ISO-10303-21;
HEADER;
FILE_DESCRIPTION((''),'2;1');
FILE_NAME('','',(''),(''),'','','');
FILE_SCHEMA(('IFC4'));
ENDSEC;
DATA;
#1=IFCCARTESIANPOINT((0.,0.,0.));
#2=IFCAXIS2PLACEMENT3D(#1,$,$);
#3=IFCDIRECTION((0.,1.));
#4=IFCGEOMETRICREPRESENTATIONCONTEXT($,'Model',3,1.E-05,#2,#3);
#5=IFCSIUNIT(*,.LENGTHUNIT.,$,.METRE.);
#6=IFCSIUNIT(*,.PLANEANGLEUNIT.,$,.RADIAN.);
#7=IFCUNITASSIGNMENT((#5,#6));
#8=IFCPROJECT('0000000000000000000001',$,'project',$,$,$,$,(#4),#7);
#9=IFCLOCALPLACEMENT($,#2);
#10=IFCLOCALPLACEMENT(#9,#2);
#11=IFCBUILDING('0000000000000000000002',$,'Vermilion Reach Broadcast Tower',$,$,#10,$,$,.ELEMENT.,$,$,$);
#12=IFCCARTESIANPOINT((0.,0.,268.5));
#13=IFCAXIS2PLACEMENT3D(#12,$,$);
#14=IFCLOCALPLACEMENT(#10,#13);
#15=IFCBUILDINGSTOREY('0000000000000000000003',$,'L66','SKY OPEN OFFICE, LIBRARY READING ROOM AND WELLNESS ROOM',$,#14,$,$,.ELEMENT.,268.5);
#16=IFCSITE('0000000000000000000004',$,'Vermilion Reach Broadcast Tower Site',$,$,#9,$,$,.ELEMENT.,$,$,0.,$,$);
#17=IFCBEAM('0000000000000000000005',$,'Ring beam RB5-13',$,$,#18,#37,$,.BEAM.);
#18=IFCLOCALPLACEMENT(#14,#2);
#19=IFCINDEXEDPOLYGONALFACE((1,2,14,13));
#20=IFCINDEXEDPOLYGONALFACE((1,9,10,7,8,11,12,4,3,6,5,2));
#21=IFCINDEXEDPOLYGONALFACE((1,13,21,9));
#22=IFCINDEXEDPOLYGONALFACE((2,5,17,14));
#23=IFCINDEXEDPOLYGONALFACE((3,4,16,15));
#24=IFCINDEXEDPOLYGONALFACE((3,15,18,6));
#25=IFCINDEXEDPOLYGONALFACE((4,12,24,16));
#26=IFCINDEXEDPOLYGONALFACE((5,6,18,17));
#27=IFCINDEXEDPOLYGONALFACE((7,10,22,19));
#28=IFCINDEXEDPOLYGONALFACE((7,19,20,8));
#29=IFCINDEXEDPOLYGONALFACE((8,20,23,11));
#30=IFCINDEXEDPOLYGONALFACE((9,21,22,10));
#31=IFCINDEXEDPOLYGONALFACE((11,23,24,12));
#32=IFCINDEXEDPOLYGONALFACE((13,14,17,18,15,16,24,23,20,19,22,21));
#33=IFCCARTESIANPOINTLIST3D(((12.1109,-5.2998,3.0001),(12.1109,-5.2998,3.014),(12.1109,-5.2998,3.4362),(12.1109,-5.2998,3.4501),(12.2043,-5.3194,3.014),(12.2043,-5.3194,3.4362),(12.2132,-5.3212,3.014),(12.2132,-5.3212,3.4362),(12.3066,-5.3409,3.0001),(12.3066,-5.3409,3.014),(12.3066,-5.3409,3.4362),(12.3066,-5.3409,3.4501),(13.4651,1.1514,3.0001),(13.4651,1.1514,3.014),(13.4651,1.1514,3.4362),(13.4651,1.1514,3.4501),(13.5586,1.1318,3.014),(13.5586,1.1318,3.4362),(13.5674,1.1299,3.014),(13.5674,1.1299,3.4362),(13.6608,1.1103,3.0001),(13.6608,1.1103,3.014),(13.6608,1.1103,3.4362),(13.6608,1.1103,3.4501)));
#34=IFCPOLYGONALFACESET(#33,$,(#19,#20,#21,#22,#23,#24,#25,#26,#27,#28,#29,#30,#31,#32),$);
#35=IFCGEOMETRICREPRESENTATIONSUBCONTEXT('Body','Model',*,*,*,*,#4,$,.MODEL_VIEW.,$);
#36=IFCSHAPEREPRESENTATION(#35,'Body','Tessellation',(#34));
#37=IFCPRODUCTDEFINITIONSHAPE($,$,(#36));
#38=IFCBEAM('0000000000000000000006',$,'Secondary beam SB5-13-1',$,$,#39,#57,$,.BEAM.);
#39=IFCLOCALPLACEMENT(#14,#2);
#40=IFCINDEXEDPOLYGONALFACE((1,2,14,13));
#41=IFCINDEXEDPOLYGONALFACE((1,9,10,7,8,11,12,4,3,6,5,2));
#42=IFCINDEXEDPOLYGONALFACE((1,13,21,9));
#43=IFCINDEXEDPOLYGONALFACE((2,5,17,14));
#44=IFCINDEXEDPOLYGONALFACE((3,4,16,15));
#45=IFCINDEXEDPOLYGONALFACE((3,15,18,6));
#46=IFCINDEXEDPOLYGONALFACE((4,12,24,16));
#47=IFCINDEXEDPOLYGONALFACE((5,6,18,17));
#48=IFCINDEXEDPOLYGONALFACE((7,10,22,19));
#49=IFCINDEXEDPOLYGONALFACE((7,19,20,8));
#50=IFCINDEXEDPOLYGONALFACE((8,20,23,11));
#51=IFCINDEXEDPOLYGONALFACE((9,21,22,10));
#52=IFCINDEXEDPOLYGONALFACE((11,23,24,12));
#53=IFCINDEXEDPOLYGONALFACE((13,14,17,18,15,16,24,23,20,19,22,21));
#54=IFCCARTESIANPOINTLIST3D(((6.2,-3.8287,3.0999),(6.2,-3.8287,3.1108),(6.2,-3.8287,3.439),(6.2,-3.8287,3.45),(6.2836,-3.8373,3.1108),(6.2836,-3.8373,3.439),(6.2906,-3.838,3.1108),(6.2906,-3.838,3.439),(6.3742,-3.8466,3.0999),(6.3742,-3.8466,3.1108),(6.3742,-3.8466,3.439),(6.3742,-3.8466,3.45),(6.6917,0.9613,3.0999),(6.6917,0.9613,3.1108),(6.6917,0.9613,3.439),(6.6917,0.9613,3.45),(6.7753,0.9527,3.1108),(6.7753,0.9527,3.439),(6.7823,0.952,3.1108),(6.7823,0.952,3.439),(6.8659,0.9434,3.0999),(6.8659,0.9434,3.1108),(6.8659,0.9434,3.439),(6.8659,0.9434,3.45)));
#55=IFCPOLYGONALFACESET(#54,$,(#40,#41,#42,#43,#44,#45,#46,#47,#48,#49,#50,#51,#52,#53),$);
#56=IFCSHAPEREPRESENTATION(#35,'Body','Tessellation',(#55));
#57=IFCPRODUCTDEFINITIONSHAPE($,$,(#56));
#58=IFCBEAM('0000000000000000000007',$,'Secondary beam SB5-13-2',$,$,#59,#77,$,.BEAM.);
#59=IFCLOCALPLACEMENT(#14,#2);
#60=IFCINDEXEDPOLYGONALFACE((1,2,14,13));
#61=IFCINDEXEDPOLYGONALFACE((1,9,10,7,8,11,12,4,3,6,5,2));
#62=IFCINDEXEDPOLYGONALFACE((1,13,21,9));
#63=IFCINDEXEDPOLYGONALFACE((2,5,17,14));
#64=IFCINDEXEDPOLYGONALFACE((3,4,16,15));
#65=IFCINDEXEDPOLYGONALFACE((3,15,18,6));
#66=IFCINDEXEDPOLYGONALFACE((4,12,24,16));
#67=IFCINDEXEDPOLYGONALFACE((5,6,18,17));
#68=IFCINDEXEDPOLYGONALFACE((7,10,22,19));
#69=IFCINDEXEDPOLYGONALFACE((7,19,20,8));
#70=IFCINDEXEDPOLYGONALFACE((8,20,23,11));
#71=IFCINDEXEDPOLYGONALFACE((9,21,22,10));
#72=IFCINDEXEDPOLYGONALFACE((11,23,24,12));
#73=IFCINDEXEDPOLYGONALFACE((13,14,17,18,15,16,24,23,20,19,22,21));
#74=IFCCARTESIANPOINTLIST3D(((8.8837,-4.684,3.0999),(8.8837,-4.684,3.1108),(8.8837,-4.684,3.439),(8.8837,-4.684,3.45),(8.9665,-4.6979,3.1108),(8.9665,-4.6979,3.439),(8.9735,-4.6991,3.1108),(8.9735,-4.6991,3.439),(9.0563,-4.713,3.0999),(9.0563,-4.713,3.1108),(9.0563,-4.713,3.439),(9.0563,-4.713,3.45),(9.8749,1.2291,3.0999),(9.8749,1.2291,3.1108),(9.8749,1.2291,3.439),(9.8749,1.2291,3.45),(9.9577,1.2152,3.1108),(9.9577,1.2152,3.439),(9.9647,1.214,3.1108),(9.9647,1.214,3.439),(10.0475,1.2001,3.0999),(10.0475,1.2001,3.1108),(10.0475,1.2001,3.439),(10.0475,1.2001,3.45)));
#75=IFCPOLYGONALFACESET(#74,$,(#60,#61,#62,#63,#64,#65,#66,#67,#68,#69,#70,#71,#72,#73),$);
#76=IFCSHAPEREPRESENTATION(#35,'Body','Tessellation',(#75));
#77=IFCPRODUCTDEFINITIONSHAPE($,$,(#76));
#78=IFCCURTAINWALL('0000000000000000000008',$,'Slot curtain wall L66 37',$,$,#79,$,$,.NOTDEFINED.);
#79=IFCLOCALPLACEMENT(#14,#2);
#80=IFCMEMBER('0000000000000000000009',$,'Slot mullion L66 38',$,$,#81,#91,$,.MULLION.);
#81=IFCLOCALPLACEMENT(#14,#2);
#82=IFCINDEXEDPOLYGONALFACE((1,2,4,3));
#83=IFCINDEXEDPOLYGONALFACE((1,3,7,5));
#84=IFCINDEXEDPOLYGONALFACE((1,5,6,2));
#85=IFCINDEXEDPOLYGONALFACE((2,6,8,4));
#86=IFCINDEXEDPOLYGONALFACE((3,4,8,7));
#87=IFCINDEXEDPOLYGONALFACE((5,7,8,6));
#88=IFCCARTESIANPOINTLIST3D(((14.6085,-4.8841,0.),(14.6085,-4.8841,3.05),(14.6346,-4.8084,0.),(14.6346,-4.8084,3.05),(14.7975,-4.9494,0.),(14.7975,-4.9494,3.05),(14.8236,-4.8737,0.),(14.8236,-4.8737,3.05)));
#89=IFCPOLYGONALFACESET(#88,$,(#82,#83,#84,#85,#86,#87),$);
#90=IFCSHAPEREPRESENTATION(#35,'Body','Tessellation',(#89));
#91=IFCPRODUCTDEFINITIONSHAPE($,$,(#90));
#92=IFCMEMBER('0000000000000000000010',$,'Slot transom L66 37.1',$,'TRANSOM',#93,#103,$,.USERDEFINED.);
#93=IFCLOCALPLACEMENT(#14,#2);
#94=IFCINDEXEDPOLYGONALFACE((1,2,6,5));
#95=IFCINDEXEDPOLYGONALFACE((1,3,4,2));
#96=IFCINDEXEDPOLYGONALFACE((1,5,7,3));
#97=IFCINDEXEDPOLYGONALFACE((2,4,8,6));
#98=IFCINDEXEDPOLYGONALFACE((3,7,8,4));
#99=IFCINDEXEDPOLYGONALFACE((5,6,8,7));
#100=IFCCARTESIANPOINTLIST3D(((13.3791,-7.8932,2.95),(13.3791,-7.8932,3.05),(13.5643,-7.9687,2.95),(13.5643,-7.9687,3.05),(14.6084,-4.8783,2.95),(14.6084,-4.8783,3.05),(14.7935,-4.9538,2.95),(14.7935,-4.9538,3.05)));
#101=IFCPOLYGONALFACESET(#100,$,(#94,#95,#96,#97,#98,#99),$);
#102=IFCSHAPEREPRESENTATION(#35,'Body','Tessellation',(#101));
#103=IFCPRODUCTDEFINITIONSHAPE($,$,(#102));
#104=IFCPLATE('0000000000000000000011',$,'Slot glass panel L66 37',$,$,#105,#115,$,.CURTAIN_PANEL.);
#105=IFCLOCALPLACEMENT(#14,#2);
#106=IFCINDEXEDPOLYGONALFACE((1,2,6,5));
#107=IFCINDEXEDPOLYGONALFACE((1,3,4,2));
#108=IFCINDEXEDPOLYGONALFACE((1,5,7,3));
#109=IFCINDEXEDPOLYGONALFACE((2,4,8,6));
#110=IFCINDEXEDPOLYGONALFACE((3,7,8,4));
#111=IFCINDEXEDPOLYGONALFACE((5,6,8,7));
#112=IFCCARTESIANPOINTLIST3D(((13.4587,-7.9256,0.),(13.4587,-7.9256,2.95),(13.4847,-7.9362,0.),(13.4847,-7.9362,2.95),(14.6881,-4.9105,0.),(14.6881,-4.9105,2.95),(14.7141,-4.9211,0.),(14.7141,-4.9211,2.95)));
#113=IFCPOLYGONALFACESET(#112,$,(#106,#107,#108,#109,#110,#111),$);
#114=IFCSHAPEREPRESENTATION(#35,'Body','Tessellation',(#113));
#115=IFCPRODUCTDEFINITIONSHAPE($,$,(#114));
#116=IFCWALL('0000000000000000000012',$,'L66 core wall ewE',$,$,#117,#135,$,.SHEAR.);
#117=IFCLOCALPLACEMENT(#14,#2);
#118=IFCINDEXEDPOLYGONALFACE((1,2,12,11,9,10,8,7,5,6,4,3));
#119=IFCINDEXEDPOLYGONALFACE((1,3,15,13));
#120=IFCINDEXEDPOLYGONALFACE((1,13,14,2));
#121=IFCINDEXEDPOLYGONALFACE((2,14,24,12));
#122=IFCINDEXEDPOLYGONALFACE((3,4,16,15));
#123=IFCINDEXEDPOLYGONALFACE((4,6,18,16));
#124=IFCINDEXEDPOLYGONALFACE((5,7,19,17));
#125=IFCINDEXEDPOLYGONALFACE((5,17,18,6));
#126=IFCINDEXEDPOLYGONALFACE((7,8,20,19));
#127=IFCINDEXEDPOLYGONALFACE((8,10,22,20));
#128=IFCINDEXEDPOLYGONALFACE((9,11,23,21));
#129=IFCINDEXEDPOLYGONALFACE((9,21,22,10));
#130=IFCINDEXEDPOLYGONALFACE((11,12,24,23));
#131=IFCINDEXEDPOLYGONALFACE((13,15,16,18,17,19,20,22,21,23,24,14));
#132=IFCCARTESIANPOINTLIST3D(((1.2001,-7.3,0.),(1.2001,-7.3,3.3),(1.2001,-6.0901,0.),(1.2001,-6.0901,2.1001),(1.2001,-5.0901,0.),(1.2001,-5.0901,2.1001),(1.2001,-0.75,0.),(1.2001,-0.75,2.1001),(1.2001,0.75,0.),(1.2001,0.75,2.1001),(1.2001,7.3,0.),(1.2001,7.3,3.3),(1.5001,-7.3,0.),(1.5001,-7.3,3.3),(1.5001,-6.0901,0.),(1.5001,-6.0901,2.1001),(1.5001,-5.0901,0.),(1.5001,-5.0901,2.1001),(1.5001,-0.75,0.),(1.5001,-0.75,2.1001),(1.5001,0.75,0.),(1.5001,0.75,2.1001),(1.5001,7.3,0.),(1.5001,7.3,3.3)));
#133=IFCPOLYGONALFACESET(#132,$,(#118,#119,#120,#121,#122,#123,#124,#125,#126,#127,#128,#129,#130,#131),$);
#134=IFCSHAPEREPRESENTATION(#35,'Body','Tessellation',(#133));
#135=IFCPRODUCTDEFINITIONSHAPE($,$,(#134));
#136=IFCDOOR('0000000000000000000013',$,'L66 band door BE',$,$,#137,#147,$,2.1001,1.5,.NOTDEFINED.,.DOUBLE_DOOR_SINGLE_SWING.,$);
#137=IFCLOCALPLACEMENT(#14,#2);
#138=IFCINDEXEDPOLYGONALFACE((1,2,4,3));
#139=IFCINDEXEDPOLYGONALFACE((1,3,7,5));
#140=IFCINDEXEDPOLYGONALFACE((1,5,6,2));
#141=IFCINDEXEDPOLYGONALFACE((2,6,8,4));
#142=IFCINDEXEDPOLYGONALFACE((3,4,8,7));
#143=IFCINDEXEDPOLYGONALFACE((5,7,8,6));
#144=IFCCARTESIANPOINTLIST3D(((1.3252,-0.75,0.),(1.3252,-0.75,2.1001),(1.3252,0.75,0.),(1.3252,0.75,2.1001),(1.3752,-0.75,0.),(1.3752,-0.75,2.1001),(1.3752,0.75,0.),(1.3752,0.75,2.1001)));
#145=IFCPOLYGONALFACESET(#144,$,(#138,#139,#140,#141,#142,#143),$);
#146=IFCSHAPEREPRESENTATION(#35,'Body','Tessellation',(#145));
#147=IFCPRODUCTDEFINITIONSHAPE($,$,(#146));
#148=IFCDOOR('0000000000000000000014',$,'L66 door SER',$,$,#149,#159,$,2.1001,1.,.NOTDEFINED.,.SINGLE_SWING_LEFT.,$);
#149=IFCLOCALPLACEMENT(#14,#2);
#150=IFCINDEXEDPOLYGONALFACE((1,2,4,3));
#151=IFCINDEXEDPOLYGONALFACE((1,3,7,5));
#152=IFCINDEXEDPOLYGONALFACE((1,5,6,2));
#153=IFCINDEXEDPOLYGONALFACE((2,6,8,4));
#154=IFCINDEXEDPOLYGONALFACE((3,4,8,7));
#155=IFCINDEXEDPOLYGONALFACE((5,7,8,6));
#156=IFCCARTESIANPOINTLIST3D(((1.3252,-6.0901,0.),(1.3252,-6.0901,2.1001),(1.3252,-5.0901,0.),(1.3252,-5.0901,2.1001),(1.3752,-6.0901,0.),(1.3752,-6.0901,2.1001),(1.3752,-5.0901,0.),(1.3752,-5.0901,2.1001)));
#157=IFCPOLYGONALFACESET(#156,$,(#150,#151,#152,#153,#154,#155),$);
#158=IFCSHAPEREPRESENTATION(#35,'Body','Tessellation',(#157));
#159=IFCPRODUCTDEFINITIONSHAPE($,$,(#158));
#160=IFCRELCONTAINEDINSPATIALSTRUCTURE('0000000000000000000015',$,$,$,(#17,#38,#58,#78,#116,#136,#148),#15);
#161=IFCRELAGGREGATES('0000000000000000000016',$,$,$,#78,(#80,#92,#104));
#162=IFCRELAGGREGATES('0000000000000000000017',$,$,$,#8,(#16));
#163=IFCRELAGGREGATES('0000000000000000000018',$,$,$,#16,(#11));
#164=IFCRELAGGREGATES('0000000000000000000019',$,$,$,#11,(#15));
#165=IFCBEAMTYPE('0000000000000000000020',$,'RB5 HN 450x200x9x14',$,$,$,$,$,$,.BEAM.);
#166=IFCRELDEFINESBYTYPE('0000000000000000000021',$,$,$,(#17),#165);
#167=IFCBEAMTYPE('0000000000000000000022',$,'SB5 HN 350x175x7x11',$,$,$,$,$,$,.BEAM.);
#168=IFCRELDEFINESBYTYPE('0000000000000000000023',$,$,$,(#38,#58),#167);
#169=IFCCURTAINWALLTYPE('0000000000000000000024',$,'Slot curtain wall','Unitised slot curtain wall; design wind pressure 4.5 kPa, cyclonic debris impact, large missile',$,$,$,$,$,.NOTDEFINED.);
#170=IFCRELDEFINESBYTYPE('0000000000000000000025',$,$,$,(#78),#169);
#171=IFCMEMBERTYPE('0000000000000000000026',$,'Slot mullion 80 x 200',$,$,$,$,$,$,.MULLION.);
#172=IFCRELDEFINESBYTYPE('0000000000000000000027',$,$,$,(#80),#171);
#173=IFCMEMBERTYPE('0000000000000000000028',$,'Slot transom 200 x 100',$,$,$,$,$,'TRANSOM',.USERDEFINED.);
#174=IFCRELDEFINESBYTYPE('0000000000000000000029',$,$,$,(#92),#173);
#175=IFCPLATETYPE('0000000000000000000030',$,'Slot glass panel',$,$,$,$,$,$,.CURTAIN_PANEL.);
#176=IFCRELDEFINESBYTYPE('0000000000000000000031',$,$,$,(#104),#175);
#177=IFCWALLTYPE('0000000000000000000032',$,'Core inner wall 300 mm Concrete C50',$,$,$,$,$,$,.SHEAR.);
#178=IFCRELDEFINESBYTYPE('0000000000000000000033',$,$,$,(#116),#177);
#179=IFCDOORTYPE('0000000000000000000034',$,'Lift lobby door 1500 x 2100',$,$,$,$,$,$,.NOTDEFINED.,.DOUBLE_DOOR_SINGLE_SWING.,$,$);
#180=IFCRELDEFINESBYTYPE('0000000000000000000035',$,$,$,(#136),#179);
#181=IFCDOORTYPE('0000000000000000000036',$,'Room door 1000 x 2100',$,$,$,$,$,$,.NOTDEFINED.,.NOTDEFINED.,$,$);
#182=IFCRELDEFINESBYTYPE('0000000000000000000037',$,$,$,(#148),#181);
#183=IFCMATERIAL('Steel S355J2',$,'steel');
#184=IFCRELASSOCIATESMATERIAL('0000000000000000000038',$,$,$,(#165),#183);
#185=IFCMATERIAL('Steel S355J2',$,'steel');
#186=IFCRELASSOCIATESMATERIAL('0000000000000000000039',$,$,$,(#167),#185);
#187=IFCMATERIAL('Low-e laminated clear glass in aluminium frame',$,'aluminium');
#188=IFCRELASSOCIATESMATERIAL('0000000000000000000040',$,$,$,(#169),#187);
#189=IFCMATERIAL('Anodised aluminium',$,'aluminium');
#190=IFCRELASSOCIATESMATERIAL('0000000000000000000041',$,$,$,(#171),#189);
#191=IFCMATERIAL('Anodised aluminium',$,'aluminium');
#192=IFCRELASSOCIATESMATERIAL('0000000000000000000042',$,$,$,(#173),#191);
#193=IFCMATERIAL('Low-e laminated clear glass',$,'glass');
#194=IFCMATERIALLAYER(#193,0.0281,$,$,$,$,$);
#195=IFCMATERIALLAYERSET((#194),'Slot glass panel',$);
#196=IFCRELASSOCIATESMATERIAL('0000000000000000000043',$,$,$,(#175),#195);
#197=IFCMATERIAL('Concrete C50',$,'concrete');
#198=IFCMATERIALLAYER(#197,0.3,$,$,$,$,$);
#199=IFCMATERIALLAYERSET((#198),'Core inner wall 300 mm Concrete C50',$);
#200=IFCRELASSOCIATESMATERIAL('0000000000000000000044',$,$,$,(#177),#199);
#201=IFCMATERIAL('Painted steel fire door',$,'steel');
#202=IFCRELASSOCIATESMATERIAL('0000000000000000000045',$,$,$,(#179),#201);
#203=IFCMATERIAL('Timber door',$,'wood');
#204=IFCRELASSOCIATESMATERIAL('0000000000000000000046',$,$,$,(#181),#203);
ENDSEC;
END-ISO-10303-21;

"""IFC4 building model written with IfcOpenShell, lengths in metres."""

from ifc_helpers import new_model, si_unit, direction, frame, frame_2d, origin, origin_2d, place, context, subcontext, project, spatial, rectangle, i_section, extrude, material, layer, layer_set, material_profile, profile_set, type_object, element, fill, aggregate, save


model = new_model("IFC4")

# Units and contexts
model_context = context("Model", 3, precision=1e-05, world=origin(), true_north=direction((0.0, 1.0)))
body_context = subcontext(model_context, "Body", "Model", "MODEL_VIEW")
ifc_project = project(units=[si_unit("LENGTHUNIT", "METRE"), si_unit("PLANEANGLEUNIT", "RADIAN")], contexts=[model_context])

# Site, building, storey
site_placement = place(None, origin())
site = spatial("IfcSite", under=ifc_project, at=site_placement, Name="Vermilion Reach Broadcast Tower Site", CompositionType="ELEMENT", RefElevation=0.0)
building_placement = place(site_placement, origin())
building = spatial("IfcBuilding", under=site, at=building_placement, Name="Vermilion Reach Broadcast Tower", CompositionType="ELEMENT")
storey_placement = place(building_placement, frame((0.0, 0.0, 268.5)))
storey = spatial("IfcBuildingStorey", under=building, at=storey_placement, Name="L66", Description="SKY OPEN OFFICE, LIBRARY READING ROOM AND WELLNESS ROOM", CompositionType="ELEMENT", Elevation=268.5)

# Beams
ifc_material_1 = material(Name="Steel S355J2", Category="steel")
ifc_material_profile_1 = material_profile(ifc_material_1, i_section(OverallWidth=0.2, OverallDepth=0.45, WebThickness=0.009, FlangeThickness=0.0139, at=origin_2d()), Name="S355J2 HN 450x200x9x14")
ifc_profile_set_1 = profile_set([ifc_material_profile_1], Name="Steel S355J2")
beam_type_1 = type_object("IfcBeamType", Name="RB5 HN 450x200x9x14", PredefinedType="BEAM", material=ifc_profile_set_1)
beam_1_placement = place(storey_placement, frame((12.2087, -5.3203, 3.2251), z_axis=(0.205445, 0.978669, 0.0), x_axis=(-0.978669, 0.205445, 0.0)))
element("IfcBeam", 1, at=beam_1_placement, inside=storey, type_object=beam_type_1, Name="Ring beam RB5-13", PredefinedType="BEAM", context=body_context, shape_type="SweptSolid", body=[
    extrude(i_section(OverallWidth=0.2, OverallDepth=0.45, WebThickness=0.009, FlangeThickness=0.0139, at=origin_2d()), origin(), (0.0, 0.0, 1.0), 6.5918),
])
ifc_material_2 = material(Name="Steel S355J2", Category="steel")
ifc_material_profile_2 = material_profile(ifc_material_2, i_section(OverallWidth=0.175, OverallDepth=0.3501, WebThickness=0.0071, FlangeThickness=0.011, at=origin_2d()), Name="S355J2 HN 350x175x7x11")
ifc_profile_set_2 = profile_set([ifc_material_profile_2], Name="Steel S355J2")
beam_type_2 = type_object("IfcBeamType", Name="SB5 HN 350x175x7x11", PredefinedType="BEAM", material=ifc_profile_set_2)
beam_2_placement = place(storey_placement, frame((6.2871, -3.8376, 3.2749), z_axis=(0.102114, 0.994773, 0.0), x_axis=(-0.994773, 0.102114, 0.0)))
element("IfcBeam", 2, at=beam_2_placement, inside=storey, type_object=beam_type_2, Name="Secondary beam SB5-13-1", PredefinedType="BEAM", context=body_context, shape_type="SweptSolid", body=[
    extrude(i_section(OverallWidth=0.175, OverallDepth=0.3501, WebThickness=0.0071, FlangeThickness=0.011, at=origin_2d()), origin(), (0.0, 0.0, 1.0), 4.8152),
])
beam_3_placement = place(storey_placement, frame((8.97, -4.6985, 3.2749), z_axis=(0.165323, 0.986239, 0.0), x_axis=(-0.986239, 0.165323, 0.0)))
element("IfcBeam", 3, at=beam_3_placement, inside=storey, type_object=beam_type_2, Name="Secondary beam SB5-13-2", PredefinedType="BEAM", context=body_context, shape_type="SweptSolid", body=[
    extrude(i_section(OverallWidth=0.175, OverallDepth=0.3501, WebThickness=0.0071, FlangeThickness=0.011, at=origin_2d()), origin(), (0.0, 0.0, 1.0), 5.9956),
])

# Curtain wall, members, plate
ifc_material_3 = material(Name="Low-e laminated clear glass in aluminium frame", Category="aluminium")
curtain_wall_type = type_object("IfcCurtainWallType", Name="Slot curtain wall", Description="Unitised slot curtain wall; design wind pressure 4.5 kPa, cyclonic debris impact, large missile", PredefinedType="NOTDEFINED", material=ifc_material_3)
curtain_wall_placement = place(storey_placement, origin())
curtain_wall = element("IfcCurtainWall", 4, at=curtain_wall_placement, inside=storey, type_object=curtain_wall_type, Name="Slot curtain wall L66 37", PredefinedType="NOTDEFINED")
ifc_material_4 = material(Name="Anodised aluminium", Category="aluminium")
ifc_material_profile_3 = material_profile(ifc_material_4, rectangle(XDim=0.2, YDim=0.0801, at=origin_2d()), Name="Slot mullion 80 x 200")
ifc_profile_set_3 = profile_set([ifc_material_profile_3], Name="Anodised aluminium")
member_type_1 = type_object("IfcMemberType", Name="Slot mullion 80 x 200", PredefinedType="MULLION", material=ifc_profile_set_3)
member_1_placement = place(storey_placement, frame((14.7161, -4.8789, 0.0), z_axis=(0.0, 0.0, 1.0), x_axis=(-0.945297, 0.326212, 0.0)))
member_1 = element("IfcMember", 5, at=member_1_placement, type_object=member_type_1, Name="Slot mullion L66 38", PredefinedType="MULLION", context=body_context, shape_type="SweptSolid", body=[
    extrude(rectangle(XDim=0.2, YDim=0.0801, at=origin_2d()), origin(), (0.0, 0.0, 1.0), 3.05),
])
ifc_material_5 = material(Name="Anodised aluminium", Category="aluminium")
ifc_material_profile_4 = material_profile(ifc_material_5, rectangle(XDim=0.2, YDim=0.1001, at=origin_2d()), Name="Slot transom 200 x 100")
ifc_profile_set_4 = profile_set([ifc_material_profile_4], Name="Anodised aluminium")
member_type_2 = type_object("IfcMemberType", Name="Slot transom 200 x 100", ElementType="TRANSOM", PredefinedType="USERDEFINED", material=ifc_profile_set_4)
member_2_placement = place(storey_placement, frame((13.4717, -7.9309, 3.0), z_axis=(0.377549, 0.925989, 0.0), x_axis=(-0.925989, 0.377549, 0.0)))
member_2 = element("IfcMember", 6, at=member_2_placement, type_object=member_type_2, Name="Slot transom L66 37.1", ObjectType="TRANSOM", PredefinedType="USERDEFINED", context=body_context, shape_type="SweptSolid", body=[
    extrude(rectangle(XDim=0.2, YDim=0.1001, at=origin_2d()), origin(), (0.0, 0.0, 1.0), 3.2559),
])
ifc_material_6 = material(Name="Low-e laminated clear glass", Category="glass")
ifc_layer_1 = layer(ifc_material_6, 0.0281)
ifc_layer_set_1 = layer_set([ifc_layer_1], Name="Slot glass panel")
plate_type = type_object("IfcPlateType", Name="Slot glass panel", PredefinedType="CURTAIN_PANEL", material=ifc_layer_set_1)
plate_placement = place(storey_placement, frame((14.0864, -6.4233, 0.0), z_axis=(0.0, 0.0, 1.0), x_axis=(0.377557, 0.925986, 0.0)))
plate = element("IfcPlate", 7, at=plate_placement, type_object=plate_type, Name="Slot glass panel L66 37", PredefinedType="CURTAIN_PANEL", context=body_context, shape_type="SweptSolid", body=[
    extrude(rectangle(XDim=3.2561, YDim=0.0281, at=origin_2d()), origin(), (0.0, 0.0, 1.0), 2.95),
])
aggregate(curtain_wall, [member_1, member_2, plate])

# Wall, openings, doors
ifc_material_7 = material(Name="Concrete C50", Category="concrete")
ifc_layer_2 = layer(ifc_material_7, 0.3)
ifc_layer_set_2 = layer_set([ifc_layer_2], Name="Core inner wall 300 mm Concrete C50")
wall_type_1 = type_object("IfcWallType", Name="Core inner wall 300 mm Concrete C50", PredefinedType="SHEAR", material=ifc_layer_set_2)
wall_1_placement = place(storey_placement, frame((1.3501, -7.3, 0.0), z_axis=(0.0, 0.0, 1.0), x_axis=(0.0, 1.0, 0.0)))
wall_1 = element("IfcWall", 8, at=wall_1_placement, inside=storey, type_object=wall_type_1, Name="L66 core wall ewE", PredefinedType="SHEAR", context=body_context, shape_type="SweptSolid", body=[
    extrude(rectangle(XDim=14.6001, YDim=0.3, at=frame_2d((7.3, 0.0))), origin(), (0.0, 0.0, 1.0), 3.3),
])
opening_1_placement = place(wall_1_placement, frame((1.21, 0.0, 0.0)))
opening_1 = element("IfcOpeningElement", 9, at=opening_1_placement, cuts=wall_1, PredefinedType="OPENING", context=body_context, shape_type="SweptSolid", body=[
    extrude(rectangle(XDim=1.0, YDim=2.1001, at=frame_2d((0.5, 1.05))), frame((0.0, 0.1599, 0.0), z_axis=(0.0, -1.0, 0.0), x_axis=(1.0, 0.0, 0.0)), (0.0, 0.0, 1.0), 0.3201),
])
opening_2_placement = place(wall_1_placement, frame((6.55, 0.0, 0.0)))
opening_2 = element("IfcOpeningElement", 10, at=opening_2_placement, cuts=wall_1, PredefinedType="OPENING", context=body_context, shape_type="SweptSolid", body=[
    extrude(rectangle(XDim=1.5, YDim=2.1001, at=frame_2d((0.75, 1.05))), frame((0.0, 0.1599, 0.0), z_axis=(0.0, -1.0, 0.0), x_axis=(1.0, 0.0, 0.0)), (0.0, 0.0, 1.0), 0.3201),
])
ifc_material_8 = material(Name="Painted steel fire door", Category="steel")
door_type_1 = type_object("IfcDoorType", Name="Lift lobby door 1500 x 2100", OperationType="DOUBLE_DOOR_SINGLE_SWING", PredefinedType="NOTDEFINED", material=ifc_material_8)
door_1_placement = place(opening_2_placement, origin())
door_1 = element("IfcDoor", 11, at=door_1_placement, inside=storey, type_object=door_type_1, Name="L66 band door BE", OperationType="DOUBLE_DOOR_SINGLE_SWING", OverallHeight=2.1001, OverallWidth=1.5, PredefinedType="NOTDEFINED", context=body_context, shape_type="SweptSolid", body=[
    extrude(rectangle(XDim=1.5, YDim=2.1001, at=frame_2d((0.75, 1.05))), frame((0.0, 0.0249, 0.0), z_axis=(0.0, -1.0, 0.0), x_axis=(1.0, 0.0, 0.0)), (0.0, 0.0, 1.0), 0.05),
])
fill(opening_2, door_1)
ifc_material_9 = material(Name="Timber door", Category="wood")
door_type_2 = type_object("IfcDoorType", Name="Room door 1000 x 2100", OperationType="NOTDEFINED", PredefinedType="NOTDEFINED", material=ifc_material_9)
door_2_placement = place(opening_1_placement, origin())
door_2 = element("IfcDoor", 12, at=door_2_placement, inside=storey, type_object=door_type_2, Name="L66 door SER", OperationType="SINGLE_SWING_LEFT", OverallHeight=2.1001, OverallWidth=1.0, PredefinedType="NOTDEFINED", context=body_context, shape_type="SweptSolid", body=[
    extrude(rectangle(XDim=1.0, YDim=2.1001, at=frame_2d((0.5, 1.05))), frame((0.0, 0.0249, 0.0), z_axis=(0.0, -1.0, 0.0), x_axis=(1.0, 0.0, 0.0)), (0.0, 0.0, 1.0), 0.05),
])
fill(opening_1, door_2)

save(model, "model.ifc")
